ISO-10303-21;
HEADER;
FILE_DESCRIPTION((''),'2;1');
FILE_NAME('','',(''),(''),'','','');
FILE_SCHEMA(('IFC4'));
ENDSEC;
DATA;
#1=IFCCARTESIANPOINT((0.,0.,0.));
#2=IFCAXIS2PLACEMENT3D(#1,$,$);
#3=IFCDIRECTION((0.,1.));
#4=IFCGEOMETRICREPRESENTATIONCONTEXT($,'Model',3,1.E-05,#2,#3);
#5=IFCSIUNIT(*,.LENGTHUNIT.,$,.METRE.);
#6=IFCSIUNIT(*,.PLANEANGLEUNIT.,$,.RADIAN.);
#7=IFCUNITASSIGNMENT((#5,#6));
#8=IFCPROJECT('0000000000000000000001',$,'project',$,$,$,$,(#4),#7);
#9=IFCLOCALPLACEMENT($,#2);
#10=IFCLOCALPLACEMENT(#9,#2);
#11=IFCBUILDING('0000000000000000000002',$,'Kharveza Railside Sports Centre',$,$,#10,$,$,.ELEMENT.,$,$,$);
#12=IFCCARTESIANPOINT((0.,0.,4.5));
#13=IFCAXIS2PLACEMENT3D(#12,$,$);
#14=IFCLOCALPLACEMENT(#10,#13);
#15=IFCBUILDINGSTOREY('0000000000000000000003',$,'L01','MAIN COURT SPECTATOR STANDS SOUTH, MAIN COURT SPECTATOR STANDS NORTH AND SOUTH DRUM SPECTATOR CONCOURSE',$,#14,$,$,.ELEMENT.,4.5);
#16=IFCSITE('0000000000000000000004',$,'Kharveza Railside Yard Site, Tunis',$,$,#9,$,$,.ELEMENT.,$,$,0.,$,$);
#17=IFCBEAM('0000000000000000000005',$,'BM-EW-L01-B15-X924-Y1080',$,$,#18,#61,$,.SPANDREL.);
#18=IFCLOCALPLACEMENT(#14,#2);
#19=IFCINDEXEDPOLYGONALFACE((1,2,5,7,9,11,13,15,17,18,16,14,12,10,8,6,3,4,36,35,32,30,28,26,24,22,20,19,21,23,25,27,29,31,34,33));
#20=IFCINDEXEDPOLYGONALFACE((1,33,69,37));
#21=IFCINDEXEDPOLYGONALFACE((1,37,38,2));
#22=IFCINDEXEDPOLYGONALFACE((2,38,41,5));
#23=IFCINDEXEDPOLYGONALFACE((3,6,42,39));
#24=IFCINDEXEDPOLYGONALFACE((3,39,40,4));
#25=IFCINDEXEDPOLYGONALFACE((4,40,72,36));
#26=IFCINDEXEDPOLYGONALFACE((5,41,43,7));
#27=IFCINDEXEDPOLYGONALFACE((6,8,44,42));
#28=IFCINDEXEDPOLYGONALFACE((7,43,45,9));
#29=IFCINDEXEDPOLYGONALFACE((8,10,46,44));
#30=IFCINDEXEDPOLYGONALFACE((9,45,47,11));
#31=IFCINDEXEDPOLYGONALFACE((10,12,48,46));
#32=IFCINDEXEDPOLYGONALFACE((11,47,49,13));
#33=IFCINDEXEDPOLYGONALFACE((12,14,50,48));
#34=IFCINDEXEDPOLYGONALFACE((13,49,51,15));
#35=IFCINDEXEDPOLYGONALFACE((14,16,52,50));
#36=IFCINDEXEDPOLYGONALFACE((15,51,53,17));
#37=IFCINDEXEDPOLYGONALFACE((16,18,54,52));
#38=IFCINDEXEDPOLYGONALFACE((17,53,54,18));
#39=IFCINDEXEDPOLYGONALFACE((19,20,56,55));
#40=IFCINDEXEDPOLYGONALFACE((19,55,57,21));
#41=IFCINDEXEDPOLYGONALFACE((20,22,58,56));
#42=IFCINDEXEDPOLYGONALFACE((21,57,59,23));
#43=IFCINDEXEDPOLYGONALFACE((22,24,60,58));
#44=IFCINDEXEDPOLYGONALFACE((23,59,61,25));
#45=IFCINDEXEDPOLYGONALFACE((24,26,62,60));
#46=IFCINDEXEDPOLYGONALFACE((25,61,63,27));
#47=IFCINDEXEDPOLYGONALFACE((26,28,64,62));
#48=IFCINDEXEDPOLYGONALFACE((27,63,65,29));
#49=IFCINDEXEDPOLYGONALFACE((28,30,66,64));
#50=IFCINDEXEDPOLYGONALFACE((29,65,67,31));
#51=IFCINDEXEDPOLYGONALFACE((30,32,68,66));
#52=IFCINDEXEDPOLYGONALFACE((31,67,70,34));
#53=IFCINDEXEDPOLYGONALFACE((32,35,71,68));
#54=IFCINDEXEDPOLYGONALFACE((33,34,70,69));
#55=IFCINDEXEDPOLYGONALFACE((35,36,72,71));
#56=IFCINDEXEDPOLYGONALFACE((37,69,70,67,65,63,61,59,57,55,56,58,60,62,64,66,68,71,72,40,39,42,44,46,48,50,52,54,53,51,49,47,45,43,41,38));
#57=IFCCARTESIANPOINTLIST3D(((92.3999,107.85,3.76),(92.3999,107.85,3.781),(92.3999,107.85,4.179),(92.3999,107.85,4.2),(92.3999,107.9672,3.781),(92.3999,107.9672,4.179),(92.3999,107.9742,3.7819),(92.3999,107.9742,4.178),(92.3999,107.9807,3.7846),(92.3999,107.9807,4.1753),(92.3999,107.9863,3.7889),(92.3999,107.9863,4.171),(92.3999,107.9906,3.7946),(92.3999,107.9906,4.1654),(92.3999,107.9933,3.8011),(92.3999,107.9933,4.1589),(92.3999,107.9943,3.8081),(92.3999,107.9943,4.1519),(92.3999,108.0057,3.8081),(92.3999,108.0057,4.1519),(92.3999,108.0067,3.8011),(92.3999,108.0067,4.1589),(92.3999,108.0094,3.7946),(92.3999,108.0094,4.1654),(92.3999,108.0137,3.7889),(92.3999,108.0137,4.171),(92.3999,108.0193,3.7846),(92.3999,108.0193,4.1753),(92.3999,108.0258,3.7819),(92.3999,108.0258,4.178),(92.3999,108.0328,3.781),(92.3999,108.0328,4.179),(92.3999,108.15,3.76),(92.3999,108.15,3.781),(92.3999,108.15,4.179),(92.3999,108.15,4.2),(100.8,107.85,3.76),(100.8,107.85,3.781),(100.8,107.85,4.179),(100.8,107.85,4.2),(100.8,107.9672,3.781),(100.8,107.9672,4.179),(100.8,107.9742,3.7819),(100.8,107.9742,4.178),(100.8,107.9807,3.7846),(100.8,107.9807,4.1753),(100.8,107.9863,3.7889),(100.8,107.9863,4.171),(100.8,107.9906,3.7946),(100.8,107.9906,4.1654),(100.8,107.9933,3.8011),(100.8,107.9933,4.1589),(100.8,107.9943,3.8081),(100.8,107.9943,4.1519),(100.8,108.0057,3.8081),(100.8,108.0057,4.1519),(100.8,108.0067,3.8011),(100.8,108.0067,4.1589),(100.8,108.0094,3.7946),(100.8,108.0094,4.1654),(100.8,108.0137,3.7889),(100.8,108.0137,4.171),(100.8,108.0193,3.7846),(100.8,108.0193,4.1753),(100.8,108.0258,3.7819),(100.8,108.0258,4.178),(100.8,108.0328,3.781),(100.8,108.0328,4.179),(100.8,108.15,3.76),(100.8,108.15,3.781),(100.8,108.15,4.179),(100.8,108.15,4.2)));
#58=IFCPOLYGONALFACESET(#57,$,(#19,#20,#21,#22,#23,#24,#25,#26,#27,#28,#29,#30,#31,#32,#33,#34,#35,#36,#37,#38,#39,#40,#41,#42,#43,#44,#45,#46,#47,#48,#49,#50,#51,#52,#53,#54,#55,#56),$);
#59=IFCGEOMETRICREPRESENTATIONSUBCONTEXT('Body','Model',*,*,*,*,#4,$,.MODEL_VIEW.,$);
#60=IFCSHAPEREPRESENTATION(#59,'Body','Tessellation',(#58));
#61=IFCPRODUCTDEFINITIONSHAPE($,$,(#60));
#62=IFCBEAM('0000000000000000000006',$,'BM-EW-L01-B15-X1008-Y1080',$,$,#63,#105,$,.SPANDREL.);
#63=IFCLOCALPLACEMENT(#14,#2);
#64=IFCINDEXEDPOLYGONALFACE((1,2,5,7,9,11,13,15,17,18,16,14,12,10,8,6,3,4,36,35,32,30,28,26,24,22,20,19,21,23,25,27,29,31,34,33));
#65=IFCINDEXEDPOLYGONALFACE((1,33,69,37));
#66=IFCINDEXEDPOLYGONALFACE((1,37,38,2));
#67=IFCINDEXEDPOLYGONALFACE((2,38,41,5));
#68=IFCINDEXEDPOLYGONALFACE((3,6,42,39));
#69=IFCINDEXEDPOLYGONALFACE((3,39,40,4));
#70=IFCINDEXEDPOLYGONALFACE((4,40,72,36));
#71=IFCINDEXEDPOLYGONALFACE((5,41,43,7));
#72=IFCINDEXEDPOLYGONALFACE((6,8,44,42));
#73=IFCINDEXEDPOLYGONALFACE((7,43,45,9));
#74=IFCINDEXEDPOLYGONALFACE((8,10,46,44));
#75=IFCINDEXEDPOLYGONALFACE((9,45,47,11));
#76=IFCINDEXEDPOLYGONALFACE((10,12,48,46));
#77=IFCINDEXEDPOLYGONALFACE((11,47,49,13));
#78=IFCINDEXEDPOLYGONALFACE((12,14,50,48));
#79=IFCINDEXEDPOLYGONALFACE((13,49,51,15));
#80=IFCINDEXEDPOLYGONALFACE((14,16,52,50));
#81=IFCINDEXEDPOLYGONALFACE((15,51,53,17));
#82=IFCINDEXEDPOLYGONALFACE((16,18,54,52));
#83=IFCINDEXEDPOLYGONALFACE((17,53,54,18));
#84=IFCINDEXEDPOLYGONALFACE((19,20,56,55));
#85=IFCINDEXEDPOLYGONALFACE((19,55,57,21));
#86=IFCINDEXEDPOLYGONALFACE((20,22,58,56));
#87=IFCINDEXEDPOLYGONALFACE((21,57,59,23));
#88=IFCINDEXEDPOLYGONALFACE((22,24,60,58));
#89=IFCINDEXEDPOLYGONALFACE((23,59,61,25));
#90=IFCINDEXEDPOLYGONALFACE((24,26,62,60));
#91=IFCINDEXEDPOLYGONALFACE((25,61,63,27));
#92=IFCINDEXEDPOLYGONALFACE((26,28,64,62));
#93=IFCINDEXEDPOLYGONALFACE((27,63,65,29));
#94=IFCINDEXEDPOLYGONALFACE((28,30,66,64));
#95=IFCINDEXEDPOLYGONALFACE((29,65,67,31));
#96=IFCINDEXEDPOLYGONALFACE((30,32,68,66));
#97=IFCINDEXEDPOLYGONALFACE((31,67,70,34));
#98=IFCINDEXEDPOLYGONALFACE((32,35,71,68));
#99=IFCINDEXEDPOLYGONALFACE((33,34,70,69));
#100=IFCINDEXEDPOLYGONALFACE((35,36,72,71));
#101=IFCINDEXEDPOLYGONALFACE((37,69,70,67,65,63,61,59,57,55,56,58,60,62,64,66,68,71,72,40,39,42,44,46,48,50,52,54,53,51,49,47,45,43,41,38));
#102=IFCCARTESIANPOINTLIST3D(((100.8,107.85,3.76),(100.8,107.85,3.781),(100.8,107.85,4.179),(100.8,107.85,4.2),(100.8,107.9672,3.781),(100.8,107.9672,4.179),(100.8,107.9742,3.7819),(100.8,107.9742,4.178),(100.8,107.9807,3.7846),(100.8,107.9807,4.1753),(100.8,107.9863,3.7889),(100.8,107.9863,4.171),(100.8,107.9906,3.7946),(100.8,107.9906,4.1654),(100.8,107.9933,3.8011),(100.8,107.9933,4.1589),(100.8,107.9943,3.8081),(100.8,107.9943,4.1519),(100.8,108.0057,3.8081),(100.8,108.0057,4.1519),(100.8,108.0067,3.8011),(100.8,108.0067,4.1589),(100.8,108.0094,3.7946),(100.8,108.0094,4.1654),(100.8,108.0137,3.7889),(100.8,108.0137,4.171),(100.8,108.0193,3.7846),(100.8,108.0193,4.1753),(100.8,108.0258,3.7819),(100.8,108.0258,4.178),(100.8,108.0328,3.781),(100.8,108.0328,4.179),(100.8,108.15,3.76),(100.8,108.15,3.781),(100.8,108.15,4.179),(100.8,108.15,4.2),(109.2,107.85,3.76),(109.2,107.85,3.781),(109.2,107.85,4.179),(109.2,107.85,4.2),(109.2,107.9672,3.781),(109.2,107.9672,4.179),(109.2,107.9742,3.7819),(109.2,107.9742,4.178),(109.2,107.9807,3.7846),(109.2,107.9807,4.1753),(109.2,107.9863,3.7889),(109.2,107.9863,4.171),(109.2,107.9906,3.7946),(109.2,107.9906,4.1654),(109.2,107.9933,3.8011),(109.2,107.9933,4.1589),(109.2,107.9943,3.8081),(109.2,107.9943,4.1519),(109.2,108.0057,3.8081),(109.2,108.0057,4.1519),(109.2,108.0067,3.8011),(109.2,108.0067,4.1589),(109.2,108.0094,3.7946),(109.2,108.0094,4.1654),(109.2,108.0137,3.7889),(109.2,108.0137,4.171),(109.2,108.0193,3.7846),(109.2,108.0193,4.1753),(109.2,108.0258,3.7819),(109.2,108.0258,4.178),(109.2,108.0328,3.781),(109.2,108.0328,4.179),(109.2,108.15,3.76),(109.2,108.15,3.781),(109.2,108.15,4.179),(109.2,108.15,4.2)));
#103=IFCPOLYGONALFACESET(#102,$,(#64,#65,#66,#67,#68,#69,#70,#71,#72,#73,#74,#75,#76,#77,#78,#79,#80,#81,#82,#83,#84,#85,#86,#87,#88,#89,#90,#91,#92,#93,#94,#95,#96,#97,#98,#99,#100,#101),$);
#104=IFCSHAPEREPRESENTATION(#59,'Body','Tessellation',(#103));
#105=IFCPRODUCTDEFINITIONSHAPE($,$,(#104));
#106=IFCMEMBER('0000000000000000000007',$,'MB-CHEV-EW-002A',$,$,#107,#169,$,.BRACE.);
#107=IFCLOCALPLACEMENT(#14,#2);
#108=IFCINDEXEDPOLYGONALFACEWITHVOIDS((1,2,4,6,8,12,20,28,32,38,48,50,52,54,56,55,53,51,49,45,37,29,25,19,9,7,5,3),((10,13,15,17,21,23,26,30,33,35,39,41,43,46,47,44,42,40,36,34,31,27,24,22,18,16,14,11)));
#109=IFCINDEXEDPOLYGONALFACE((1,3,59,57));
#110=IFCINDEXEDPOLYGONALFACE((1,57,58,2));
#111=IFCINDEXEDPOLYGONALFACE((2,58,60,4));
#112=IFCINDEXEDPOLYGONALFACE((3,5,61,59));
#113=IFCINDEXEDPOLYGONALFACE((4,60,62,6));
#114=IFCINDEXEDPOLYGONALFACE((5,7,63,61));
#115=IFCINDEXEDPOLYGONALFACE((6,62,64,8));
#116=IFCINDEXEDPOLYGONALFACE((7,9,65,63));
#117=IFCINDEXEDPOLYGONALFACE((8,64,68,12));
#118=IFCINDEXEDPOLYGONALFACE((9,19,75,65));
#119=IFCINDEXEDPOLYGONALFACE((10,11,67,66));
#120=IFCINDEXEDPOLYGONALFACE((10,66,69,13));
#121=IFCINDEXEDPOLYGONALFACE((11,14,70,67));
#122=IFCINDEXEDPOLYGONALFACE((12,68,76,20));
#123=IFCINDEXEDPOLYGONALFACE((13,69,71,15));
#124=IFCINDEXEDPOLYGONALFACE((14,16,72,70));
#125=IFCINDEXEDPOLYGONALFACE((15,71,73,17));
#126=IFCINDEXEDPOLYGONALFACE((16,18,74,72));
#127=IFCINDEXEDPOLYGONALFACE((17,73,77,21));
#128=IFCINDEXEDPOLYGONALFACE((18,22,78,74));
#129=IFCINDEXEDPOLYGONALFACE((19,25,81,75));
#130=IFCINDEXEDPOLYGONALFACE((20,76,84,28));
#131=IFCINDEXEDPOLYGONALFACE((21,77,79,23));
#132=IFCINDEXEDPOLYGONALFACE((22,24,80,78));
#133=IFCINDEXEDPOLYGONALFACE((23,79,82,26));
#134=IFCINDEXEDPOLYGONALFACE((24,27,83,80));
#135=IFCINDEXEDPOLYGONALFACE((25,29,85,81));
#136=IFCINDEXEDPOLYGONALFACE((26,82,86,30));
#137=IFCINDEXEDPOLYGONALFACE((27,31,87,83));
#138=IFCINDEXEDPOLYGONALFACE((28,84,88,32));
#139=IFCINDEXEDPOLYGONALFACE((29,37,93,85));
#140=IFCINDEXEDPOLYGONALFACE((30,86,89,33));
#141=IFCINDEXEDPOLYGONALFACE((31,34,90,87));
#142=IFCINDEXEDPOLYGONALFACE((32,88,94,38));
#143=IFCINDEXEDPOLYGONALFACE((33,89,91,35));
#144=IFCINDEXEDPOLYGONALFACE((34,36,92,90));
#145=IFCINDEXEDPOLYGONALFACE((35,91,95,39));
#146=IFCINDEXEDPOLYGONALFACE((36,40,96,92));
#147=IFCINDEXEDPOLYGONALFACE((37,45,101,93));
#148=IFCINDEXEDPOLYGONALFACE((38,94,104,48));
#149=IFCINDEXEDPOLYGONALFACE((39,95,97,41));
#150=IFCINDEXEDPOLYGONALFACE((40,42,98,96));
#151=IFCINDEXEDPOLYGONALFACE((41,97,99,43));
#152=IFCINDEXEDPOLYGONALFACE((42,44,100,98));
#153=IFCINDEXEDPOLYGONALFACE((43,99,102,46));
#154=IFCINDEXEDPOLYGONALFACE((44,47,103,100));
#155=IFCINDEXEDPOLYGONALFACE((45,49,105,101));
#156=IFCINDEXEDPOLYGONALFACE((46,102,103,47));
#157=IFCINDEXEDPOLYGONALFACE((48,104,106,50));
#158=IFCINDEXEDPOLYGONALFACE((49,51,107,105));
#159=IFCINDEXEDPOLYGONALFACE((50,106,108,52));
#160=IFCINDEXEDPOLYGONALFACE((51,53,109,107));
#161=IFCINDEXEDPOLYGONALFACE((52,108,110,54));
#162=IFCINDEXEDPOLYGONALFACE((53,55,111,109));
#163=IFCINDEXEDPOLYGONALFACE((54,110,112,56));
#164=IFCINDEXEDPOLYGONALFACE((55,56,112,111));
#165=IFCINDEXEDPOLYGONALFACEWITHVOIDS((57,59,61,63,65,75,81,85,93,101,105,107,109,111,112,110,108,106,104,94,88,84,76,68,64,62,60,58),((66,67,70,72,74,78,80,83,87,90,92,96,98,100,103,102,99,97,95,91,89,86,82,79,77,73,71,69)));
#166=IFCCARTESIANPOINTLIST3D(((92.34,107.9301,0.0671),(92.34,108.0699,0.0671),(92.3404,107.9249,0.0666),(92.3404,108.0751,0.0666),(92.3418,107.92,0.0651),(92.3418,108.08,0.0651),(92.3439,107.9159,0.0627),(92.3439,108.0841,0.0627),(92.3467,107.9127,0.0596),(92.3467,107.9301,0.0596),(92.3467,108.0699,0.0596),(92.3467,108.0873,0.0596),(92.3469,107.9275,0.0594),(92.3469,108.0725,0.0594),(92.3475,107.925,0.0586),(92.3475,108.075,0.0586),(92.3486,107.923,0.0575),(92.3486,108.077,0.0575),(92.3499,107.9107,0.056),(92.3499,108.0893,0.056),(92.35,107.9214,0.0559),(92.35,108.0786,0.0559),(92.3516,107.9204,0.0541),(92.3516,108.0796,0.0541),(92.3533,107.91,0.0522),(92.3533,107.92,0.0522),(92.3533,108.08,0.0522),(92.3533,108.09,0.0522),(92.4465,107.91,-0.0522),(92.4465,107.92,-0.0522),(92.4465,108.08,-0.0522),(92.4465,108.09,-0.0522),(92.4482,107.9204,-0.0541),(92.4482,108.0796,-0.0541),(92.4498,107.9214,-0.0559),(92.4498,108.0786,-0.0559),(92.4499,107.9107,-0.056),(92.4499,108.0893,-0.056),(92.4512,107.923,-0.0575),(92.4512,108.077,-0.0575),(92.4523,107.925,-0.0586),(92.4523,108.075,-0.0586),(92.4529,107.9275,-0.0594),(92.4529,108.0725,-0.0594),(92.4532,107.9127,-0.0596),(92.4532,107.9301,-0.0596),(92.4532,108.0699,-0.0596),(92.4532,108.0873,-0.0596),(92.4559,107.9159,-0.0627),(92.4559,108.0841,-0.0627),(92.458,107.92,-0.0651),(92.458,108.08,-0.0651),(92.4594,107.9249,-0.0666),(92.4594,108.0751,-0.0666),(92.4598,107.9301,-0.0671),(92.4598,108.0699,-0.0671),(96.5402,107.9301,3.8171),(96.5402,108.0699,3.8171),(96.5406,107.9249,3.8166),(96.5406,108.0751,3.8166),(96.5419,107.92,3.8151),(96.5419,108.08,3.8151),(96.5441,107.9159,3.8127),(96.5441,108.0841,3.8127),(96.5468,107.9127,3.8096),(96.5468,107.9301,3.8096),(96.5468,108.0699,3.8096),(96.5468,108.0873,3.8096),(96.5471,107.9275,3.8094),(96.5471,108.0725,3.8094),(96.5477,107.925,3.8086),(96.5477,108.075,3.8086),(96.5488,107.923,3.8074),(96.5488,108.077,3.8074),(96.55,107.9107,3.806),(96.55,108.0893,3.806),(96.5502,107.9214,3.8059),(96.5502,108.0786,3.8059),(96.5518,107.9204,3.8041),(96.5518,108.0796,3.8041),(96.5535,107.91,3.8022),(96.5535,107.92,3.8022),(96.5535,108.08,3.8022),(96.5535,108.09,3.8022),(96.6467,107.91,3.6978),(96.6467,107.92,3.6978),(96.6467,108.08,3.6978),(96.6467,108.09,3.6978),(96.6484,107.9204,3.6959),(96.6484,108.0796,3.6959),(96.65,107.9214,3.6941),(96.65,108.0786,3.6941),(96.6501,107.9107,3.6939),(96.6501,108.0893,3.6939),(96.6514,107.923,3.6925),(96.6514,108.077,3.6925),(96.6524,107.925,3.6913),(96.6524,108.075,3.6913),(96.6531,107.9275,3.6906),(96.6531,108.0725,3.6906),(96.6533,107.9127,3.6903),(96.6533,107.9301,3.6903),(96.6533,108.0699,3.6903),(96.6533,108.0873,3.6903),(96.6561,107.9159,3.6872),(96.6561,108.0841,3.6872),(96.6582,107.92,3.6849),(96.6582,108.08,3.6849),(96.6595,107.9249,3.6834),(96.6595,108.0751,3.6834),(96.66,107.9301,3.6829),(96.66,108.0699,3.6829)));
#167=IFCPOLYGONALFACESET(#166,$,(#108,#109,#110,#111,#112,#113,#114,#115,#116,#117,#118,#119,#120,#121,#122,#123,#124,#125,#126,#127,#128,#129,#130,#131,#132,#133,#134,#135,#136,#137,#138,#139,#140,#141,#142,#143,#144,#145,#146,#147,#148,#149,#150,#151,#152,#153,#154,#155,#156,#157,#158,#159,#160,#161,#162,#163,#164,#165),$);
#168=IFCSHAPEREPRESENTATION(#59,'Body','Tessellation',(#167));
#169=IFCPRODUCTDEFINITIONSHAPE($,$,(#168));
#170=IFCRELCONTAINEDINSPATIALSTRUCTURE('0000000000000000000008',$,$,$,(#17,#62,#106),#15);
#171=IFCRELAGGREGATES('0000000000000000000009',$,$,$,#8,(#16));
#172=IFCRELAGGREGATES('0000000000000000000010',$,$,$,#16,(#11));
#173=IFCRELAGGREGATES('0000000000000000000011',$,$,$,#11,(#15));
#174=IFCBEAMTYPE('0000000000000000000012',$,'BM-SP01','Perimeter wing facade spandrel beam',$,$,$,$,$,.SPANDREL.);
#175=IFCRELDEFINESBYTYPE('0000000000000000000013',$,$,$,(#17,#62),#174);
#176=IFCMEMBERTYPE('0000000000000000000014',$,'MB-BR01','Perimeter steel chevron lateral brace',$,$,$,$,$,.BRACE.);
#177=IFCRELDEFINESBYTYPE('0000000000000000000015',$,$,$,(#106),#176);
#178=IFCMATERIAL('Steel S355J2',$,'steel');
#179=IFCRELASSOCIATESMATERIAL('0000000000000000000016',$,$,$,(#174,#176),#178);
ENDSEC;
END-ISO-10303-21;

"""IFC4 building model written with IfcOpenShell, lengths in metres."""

from ifc_helpers import new_model, si_unit, direction, frame, origin, origin_2d, place, context, subcontext, project, spatial, hollow_rectangle, i_section, extrude, material, material_profile, profile_set, type_object, element, save


model = new_model("IFC4")

# Units and contexts
model_context = context("Model", 3, precision=1e-05, world=origin(), true_north=direction((0.0, 1.0)))
body_context = subcontext(model_context, "Body", "Model", "MODEL_VIEW")
ifc_project = project(units=[si_unit("LENGTHUNIT", "METRE"), si_unit("PLANEANGLEUNIT", "RADIAN")], contexts=[model_context])

# Site, building, storey
site_placement = place(None, origin())
site = spatial("IfcSite", under=ifc_project, at=site_placement, Name="Kharveza Railside Yard Site, Tunis", CompositionType="ELEMENT", RefElevation=0.0)
building_placement = place(site_placement, origin())
building = spatial("IfcBuilding", under=site, at=building_placement, Name="Kharveza Railside Sports Centre", CompositionType="ELEMENT")
storey_placement = place(building_placement, frame((0.0, 0.0, 4.5)))
storey = spatial("IfcBuildingStorey", under=building, at=storey_placement, Name="L01", Description="MAIN COURT SPECTATOR STANDS SOUTH, MAIN COURT SPECTATOR STANDS NORTH AND SOUTH DRUM SPECTATOR CONCOURSE", CompositionType="ELEMENT", Elevation=4.5)

# Shared definitions
ifc_material_1 = material(Name="Steel S355J2", Category="steel")

# Beams
ifc_material_profile_1 = material_profile(ifc_material_1, i_section(OverallWidth=0.3, OverallDepth=0.4399, WebThickness=0.0115, FlangeThickness=0.021, FilletRadius=0.0271, at=origin_2d()), Name="HEA 450")
ifc_profile_set_1 = profile_set([ifc_material_profile_1], Name="Steel S355J2")
beam_type_1 = type_object("IfcBeamType", Name="BM-SP01", Description="Perimeter wing facade spandrel beam", PredefinedType="SPANDREL", material=ifc_profile_set_1)
beam_1_placement = place(storey_placement, frame((92.3999, 108.0, 3.98), z_axis=(1.0, 0.0, 0.0), x_axis=(0.0, 1.0, 0.0)))
element("IfcBeam", 1, at=beam_1_placement, inside=storey, type_object=beam_type_1, Name="BM-EW-L01-B15-X924-Y1080", PredefinedType="SPANDREL", context=body_context, shape_type="SweptSolid", body=[
    extrude(i_section(OverallWidth=0.3, OverallDepth=0.4399, WebThickness=0.0115, FlangeThickness=0.021, FilletRadius=0.0271, at=origin_2d()), origin(), (0.0, 0.0, 1.0), 8.4001),
])
beam_2_placement = place(storey_placement, frame((100.8, 108.0, 3.98), z_axis=(1.0, 0.0, 0.0), x_axis=(0.0, 1.0, 0.0)))
element("IfcBeam", 2, at=beam_2_placement, inside=storey, type_object=beam_type_1, Name="BM-EW-L01-B15-X1008-Y1080", PredefinedType="SPANDREL", context=body_context, shape_type="SweptSolid", body=[
    extrude(i_section(OverallWidth=0.3, OverallDepth=0.4399, WebThickness=0.0115, FlangeThickness=0.021, FilletRadius=0.0271, at=origin_2d()), origin(), (0.0, 0.0, 1.0), 8.3999),
])

# Member
ifc_material_profile_2 = material_profile(ifc_material_1, hollow_rectangle(XDim=0.1799, YDim=0.1799, WallThickness=0.01, InnerFilletRadius=0.01, OuterFilletRadius=0.02, at=origin_2d()), Name="SHS 180x180x10.0")
ifc_profile_set_2 = profile_set([ifc_material_profile_2], Name="Steel S355J2")
member_type = type_object("IfcMemberType", Name="MB-BR01", Description="Perimeter steel chevron lateral brace", PredefinedType="BRACE", material=ifc_profile_set_2)
member_1_placement = place(storey_placement, frame((92.3999, 108.0, 0.0), z_axis=(0.745953, 0.0, 0.665999), x_axis=(0.0, 1.0, 0.0)))
element("IfcMember", 3, at=member_1_placement, inside=storey, type_object=member_type, Name="MB-CHEV-EW-002A", PredefinedType="BRACE", context=body_context, shape_type="SweptSolid", body=[
    extrude(hollow_rectangle(XDim=0.1799, YDim=0.1799, WallThickness=0.01, InnerFilletRadius=0.01, OuterFilletRadius=0.02, at=origin_2d()), origin(), (0.0, 0.0, 1.0), 5.6306),
])

save(model, "model.ifc")
